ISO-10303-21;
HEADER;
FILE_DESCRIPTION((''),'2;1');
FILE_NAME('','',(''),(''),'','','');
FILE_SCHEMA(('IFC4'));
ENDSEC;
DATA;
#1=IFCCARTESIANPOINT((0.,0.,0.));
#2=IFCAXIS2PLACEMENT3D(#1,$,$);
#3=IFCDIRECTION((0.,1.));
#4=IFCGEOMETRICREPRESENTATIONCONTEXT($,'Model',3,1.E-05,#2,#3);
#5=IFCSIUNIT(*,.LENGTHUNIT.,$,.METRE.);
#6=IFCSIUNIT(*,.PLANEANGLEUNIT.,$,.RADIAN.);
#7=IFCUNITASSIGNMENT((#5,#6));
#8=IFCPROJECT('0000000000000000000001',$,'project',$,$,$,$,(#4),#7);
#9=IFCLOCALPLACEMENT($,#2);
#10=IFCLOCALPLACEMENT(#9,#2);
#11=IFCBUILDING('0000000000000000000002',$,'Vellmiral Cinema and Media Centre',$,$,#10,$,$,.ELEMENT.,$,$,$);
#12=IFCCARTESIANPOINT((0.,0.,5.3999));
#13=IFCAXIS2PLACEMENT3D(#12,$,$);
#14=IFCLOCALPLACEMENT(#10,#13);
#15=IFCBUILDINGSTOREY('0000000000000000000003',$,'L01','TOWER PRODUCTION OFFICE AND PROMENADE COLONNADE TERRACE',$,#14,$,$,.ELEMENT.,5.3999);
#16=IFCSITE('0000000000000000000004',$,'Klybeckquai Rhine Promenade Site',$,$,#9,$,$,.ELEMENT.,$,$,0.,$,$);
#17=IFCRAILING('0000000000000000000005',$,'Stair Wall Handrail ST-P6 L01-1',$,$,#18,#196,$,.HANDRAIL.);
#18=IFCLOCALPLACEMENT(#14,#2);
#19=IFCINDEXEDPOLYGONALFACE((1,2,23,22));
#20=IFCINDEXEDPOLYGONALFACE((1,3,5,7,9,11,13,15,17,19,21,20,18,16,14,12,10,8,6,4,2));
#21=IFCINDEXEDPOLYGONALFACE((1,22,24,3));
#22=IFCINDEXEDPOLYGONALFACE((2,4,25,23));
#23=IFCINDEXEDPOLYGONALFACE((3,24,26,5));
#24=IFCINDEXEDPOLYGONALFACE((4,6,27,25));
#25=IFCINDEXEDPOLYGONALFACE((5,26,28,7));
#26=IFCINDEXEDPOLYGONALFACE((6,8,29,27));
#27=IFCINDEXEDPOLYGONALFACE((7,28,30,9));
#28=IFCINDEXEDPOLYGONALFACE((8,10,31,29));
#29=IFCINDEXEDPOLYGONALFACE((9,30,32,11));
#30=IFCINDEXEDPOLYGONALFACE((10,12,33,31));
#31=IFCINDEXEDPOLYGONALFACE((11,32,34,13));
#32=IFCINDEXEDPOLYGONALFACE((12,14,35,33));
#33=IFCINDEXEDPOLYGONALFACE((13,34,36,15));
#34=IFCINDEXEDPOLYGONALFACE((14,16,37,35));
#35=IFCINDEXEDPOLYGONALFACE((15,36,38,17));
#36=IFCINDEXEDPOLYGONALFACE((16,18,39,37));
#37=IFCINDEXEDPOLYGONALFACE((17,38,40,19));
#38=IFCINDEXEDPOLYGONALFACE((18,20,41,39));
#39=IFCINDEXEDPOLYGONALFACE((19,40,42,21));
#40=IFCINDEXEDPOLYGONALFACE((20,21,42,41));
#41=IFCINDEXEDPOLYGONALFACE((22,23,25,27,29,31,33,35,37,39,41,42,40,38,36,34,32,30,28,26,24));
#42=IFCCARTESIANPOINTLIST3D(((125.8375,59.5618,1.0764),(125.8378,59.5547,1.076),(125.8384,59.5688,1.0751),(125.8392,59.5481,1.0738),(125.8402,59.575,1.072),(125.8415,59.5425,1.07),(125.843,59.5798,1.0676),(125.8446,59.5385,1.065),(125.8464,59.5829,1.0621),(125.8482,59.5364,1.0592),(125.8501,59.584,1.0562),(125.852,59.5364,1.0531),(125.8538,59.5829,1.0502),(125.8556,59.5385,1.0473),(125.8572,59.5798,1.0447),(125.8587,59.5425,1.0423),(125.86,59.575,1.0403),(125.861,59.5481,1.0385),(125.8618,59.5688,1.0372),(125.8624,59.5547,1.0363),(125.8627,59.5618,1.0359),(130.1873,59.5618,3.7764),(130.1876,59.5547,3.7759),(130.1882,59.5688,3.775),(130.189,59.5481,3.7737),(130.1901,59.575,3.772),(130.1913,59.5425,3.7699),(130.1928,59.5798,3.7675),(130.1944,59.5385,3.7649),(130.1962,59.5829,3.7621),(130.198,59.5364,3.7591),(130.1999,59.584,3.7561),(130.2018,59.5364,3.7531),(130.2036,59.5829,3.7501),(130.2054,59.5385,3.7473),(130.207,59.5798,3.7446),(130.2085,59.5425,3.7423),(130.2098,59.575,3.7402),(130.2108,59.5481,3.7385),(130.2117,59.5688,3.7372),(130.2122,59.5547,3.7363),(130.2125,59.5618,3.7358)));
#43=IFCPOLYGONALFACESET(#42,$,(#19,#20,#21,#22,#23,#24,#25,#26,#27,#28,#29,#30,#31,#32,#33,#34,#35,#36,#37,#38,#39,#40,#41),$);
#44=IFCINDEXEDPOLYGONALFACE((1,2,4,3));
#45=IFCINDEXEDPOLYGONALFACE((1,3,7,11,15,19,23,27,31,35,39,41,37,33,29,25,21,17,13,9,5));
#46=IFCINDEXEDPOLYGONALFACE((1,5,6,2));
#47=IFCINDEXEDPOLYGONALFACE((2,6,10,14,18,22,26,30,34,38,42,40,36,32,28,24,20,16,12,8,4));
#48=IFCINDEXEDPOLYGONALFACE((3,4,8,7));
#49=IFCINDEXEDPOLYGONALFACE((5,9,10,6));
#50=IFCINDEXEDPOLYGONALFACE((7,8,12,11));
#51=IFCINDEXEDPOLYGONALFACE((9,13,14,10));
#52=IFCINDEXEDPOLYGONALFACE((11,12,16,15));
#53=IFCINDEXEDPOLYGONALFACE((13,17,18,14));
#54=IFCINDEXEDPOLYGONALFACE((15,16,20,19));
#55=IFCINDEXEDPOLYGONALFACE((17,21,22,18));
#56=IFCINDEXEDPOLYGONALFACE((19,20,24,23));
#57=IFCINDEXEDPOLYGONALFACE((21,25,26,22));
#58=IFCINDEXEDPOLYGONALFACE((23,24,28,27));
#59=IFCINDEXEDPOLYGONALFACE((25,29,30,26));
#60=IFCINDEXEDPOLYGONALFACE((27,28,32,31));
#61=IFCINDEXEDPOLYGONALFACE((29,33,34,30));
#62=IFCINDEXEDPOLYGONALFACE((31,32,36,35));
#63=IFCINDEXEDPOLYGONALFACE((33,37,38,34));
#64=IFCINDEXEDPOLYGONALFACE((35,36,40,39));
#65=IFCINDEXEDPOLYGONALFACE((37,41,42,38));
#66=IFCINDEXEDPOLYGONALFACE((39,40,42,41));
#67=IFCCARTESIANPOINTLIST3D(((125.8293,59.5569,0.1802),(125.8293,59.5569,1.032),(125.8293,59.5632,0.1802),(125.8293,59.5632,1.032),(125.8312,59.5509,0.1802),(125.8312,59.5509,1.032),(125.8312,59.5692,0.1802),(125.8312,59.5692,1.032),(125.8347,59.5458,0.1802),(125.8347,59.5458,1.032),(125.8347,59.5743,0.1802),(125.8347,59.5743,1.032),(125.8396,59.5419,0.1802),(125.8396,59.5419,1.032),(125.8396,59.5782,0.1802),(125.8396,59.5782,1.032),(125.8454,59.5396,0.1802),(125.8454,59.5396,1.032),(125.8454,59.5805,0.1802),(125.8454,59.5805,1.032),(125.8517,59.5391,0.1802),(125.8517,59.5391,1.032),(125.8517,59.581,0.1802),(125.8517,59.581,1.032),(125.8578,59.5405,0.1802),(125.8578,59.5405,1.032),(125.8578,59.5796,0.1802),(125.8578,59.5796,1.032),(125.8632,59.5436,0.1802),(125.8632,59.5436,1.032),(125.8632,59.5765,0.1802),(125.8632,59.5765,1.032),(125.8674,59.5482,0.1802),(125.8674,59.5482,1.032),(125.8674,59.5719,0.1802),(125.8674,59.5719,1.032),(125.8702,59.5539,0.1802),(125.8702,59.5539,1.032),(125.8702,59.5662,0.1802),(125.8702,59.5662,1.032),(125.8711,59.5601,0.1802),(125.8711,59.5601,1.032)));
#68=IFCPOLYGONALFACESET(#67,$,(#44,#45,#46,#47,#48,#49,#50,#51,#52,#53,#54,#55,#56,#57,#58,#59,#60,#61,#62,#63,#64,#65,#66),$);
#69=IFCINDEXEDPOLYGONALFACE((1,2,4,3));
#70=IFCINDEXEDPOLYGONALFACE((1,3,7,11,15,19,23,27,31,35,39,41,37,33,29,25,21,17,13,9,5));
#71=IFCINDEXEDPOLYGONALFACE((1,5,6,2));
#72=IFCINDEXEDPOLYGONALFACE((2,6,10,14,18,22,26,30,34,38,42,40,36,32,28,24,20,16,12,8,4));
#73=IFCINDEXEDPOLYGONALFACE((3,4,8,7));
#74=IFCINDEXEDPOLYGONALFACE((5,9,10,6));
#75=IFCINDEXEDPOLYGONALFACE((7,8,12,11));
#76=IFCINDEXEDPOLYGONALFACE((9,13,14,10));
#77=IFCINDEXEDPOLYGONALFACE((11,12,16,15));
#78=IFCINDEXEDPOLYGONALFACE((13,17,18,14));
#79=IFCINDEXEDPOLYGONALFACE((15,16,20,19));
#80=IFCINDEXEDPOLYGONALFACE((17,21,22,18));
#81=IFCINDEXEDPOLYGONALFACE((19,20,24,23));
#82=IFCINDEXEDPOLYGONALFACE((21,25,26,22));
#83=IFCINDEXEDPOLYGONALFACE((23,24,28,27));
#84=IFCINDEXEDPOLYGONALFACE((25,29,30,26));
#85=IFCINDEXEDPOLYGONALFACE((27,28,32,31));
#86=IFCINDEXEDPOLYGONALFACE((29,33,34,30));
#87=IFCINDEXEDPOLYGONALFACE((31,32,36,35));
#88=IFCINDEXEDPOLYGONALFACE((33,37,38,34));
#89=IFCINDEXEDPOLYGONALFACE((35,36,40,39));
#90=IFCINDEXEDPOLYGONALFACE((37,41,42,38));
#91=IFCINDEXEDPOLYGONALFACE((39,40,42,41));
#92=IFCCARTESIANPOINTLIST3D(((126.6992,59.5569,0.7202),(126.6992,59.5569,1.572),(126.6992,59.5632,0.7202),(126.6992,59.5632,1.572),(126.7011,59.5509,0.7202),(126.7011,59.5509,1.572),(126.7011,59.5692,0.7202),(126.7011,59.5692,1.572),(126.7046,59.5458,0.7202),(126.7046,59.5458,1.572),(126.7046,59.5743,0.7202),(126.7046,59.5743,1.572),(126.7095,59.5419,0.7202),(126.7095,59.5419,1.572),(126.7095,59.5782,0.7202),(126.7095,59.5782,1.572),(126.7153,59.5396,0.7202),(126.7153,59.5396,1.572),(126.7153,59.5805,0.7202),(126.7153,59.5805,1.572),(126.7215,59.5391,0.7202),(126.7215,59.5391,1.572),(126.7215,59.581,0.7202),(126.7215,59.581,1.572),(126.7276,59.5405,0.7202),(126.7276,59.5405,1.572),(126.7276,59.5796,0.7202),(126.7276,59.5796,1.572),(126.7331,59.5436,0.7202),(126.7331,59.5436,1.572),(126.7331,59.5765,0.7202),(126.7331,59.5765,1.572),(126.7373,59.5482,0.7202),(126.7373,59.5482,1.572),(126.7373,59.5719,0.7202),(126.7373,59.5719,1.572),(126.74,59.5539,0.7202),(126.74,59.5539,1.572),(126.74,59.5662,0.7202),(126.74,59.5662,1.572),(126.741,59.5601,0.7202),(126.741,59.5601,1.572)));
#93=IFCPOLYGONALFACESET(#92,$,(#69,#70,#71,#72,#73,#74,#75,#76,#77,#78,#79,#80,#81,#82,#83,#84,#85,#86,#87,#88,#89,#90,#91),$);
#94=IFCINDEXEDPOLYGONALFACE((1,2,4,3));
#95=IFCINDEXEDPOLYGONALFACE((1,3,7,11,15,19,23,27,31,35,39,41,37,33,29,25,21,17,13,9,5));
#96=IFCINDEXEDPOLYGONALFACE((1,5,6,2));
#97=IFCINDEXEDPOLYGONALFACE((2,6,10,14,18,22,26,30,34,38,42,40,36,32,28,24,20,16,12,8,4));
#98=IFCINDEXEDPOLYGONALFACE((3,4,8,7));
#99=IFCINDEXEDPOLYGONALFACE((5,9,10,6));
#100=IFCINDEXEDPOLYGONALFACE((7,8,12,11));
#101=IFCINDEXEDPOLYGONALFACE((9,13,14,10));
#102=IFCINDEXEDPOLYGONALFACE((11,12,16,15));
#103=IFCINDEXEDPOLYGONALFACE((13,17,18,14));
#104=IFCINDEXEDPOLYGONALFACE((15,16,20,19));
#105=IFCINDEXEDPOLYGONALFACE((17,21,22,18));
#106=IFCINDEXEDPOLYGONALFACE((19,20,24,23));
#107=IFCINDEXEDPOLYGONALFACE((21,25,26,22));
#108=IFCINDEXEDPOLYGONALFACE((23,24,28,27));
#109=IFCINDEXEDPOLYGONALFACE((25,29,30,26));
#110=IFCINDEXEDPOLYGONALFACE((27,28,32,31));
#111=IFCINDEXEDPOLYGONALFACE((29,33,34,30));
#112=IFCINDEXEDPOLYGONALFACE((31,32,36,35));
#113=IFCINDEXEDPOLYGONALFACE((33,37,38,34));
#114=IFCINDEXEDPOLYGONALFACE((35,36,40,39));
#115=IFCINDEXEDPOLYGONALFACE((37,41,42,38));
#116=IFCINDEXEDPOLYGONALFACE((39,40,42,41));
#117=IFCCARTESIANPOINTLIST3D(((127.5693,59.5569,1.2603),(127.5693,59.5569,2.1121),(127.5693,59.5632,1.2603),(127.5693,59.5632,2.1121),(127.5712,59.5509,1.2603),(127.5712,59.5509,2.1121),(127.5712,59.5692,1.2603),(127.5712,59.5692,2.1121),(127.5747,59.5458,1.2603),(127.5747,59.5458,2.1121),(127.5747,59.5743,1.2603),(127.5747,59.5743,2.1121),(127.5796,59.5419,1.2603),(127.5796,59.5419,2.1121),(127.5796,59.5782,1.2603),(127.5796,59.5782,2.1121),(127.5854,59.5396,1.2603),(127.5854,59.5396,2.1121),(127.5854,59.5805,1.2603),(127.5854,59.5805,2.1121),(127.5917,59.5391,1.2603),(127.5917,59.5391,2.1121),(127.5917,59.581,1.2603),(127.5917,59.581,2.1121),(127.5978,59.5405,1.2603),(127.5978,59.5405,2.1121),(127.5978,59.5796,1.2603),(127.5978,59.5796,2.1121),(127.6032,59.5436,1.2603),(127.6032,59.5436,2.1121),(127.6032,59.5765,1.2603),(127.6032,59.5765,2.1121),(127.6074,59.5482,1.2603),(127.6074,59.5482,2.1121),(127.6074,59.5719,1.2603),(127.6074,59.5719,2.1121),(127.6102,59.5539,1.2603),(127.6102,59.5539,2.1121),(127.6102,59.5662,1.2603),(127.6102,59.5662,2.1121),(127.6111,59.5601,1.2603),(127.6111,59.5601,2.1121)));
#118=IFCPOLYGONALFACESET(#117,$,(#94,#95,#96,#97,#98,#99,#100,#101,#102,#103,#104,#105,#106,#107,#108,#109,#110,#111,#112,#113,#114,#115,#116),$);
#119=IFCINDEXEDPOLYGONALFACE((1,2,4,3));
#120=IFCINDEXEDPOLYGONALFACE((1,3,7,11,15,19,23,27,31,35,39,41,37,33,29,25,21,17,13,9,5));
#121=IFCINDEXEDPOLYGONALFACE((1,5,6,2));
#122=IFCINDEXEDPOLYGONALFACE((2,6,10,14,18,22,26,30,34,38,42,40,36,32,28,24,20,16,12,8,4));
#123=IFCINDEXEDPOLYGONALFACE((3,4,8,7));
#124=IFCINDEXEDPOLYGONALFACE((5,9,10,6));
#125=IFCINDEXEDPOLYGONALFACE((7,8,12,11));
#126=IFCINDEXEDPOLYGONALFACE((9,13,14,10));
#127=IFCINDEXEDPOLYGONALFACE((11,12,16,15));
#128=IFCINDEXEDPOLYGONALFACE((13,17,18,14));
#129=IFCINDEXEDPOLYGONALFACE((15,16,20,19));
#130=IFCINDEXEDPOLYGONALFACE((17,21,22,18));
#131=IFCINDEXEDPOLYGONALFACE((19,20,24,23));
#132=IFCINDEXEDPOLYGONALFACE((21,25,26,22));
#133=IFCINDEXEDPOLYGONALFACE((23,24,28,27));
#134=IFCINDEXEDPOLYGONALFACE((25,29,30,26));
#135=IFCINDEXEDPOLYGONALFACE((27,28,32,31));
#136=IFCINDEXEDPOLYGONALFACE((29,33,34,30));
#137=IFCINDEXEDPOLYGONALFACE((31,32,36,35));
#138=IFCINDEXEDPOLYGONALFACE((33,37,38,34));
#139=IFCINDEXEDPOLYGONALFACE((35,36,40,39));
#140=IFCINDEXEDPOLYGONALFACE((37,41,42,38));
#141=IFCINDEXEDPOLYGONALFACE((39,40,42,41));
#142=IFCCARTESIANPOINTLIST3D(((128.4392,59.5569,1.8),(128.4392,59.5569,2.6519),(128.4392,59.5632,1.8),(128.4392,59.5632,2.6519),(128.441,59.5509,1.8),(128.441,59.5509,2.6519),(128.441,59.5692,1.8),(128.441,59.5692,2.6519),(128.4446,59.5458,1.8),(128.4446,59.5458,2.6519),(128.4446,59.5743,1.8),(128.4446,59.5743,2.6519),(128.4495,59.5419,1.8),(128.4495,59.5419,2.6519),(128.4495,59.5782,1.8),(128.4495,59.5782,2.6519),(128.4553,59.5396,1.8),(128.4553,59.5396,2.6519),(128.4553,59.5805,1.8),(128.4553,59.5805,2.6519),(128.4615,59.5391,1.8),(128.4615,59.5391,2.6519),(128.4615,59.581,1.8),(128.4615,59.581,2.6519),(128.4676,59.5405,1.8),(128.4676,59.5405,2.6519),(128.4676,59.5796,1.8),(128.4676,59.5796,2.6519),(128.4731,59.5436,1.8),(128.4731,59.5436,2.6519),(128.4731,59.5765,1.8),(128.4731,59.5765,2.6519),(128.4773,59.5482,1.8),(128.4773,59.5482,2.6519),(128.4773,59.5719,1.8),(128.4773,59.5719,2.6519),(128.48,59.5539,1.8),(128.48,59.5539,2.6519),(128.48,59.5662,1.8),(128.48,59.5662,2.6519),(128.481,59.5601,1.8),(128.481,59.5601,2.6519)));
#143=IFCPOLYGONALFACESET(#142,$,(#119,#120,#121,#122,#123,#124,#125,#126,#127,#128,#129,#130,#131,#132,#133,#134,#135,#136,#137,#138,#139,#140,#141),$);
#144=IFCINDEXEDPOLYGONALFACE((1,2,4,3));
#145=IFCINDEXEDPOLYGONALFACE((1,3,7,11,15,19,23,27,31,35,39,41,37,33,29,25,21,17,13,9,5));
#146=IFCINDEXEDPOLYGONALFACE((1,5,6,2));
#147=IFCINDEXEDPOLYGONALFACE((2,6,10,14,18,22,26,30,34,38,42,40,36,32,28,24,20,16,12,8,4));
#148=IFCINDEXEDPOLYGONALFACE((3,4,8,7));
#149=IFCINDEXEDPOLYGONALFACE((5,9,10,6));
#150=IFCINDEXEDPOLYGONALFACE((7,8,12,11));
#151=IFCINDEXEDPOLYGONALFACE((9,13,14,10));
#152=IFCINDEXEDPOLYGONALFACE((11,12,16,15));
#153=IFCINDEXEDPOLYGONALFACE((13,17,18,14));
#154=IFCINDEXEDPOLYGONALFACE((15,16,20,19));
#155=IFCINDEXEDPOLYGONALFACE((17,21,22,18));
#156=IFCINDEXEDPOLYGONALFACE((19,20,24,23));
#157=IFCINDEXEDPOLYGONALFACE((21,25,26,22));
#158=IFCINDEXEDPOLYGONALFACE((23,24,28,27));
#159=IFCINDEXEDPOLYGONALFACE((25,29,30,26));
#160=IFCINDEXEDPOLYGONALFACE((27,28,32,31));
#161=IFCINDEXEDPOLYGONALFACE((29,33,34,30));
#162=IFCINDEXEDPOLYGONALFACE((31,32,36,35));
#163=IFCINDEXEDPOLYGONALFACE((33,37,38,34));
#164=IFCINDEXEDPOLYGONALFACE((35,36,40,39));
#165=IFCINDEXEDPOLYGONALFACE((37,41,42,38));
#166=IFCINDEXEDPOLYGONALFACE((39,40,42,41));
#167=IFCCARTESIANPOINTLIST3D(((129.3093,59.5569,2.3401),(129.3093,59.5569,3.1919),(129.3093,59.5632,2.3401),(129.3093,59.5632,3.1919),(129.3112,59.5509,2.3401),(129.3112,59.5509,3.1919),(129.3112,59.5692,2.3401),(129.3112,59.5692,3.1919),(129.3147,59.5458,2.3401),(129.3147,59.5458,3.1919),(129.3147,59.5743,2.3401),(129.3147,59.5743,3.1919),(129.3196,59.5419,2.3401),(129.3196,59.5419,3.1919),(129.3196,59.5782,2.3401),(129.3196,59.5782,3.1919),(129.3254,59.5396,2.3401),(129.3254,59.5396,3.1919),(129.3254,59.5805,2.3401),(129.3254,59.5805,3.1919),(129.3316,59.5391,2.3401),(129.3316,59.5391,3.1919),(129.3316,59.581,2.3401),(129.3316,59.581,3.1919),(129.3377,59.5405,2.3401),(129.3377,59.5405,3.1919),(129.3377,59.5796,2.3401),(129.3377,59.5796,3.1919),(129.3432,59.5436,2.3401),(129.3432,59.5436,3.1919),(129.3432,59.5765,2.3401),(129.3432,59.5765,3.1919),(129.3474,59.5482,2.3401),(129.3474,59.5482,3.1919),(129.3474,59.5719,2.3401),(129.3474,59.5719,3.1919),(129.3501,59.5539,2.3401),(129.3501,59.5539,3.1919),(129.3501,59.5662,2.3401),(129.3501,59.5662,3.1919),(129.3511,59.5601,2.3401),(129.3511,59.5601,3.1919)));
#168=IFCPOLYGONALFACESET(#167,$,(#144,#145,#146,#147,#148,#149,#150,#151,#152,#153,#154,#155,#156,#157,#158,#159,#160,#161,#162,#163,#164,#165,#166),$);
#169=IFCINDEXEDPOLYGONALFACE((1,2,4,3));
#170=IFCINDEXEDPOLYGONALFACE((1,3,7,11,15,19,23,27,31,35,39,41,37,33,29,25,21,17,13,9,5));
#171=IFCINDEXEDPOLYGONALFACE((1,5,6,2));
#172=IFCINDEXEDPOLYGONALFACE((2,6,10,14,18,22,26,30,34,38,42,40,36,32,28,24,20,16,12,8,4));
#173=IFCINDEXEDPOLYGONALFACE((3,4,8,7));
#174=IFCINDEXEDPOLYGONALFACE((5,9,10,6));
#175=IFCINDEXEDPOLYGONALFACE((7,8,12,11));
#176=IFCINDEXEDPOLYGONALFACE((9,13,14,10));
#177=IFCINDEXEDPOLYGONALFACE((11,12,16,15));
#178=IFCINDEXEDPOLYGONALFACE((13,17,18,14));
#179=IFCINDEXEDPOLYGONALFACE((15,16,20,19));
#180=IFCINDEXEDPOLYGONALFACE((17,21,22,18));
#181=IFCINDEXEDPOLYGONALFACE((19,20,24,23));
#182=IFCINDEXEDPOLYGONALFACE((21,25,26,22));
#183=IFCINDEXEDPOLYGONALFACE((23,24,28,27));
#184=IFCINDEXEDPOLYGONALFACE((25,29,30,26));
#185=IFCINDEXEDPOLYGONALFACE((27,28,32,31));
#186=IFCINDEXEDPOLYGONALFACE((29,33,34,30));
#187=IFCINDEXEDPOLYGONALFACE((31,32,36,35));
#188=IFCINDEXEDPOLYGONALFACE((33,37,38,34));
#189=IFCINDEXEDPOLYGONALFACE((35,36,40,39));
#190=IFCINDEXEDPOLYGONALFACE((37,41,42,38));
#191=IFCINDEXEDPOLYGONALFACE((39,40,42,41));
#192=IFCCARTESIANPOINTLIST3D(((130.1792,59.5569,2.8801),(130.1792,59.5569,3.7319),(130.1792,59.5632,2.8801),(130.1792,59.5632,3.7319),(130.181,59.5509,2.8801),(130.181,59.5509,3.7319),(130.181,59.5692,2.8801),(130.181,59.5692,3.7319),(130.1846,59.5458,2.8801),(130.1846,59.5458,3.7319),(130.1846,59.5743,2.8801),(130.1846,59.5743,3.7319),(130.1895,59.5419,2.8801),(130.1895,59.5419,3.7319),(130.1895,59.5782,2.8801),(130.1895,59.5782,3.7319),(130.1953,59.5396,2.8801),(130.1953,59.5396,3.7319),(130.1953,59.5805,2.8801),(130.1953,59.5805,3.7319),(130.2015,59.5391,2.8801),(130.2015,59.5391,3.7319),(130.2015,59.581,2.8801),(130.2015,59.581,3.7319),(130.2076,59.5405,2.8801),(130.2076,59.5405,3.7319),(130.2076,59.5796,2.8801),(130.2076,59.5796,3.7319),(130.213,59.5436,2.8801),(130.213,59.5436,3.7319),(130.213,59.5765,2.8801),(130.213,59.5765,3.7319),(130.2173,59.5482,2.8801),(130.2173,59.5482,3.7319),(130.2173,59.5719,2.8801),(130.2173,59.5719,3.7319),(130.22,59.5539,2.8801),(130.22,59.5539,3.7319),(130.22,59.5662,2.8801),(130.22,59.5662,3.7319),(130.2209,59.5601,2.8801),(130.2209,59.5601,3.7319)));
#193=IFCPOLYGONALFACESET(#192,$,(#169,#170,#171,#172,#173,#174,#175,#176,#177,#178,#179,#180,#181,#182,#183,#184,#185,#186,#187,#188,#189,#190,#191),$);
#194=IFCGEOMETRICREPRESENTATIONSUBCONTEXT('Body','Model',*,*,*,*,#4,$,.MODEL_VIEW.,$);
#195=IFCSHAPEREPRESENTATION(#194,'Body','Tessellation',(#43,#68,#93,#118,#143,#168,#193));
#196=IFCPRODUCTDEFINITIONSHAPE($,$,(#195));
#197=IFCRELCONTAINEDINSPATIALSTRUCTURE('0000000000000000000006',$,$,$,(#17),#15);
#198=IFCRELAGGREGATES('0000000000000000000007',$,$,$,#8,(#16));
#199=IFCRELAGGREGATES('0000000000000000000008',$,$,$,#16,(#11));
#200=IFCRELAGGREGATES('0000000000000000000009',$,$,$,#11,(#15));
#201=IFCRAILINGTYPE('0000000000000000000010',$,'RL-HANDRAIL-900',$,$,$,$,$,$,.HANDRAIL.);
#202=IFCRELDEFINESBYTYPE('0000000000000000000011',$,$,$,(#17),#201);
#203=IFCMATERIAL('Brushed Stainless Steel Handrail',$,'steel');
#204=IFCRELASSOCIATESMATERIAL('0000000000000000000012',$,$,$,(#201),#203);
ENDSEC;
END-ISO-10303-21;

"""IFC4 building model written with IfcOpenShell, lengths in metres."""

from ifc_helpers import new_model, si_unit, direction, frame, origin, origin_2d, place, context, subcontext, project, spatial, circle, extrude, material, type_object, element, save


model = new_model("IFC4")

# Units and contexts
model_context = context("Model", 3, precision=1e-05, world=origin(), true_north=direction((0.0, 1.0)))
body_context = subcontext(model_context, "Body", "Model", "MODEL_VIEW")
ifc_project = project(units=[si_unit("LENGTHUNIT", "METRE"), si_unit("PLANEANGLEUNIT", "RADIAN")], contexts=[model_context])

# Site, building, storey
site_placement = place(None, origin())
site = spatial("IfcSite", under=ifc_project, at=site_placement, Name="Klybeckquai Rhine Promenade Site", CompositionType="ELEMENT", RefElevation=0.0)
building_placement = place(site_placement, origin())
building = spatial("IfcBuilding", under=site, at=building_placement, Name="Vellmiral Cinema and Media Centre", CompositionType="ELEMENT")
storey_placement = place(building_placement, frame((0.0, 0.0, 5.3999)))
storey = spatial("IfcBuildingStorey", under=building, at=storey_placement, Name="L01", Description="TOWER PRODUCTION OFFICE AND PROMENADE COLONNADE TERRACE", CompositionType="ELEMENT", Elevation=5.3999)

# Railing
ifc_material_1 = material(Name="Brushed Stainless Steel Handrail", Category="steel")
railing_type_1 = type_object("IfcRailingType", Name="RL-HANDRAIL-900", PredefinedType="HANDRAIL", material=ifc_material_1)
railing_1_placement = place(storey_placement, frame((125.8501, 59.5601, 0.1802)))
element("IfcRailing", 1, at=railing_1_placement, inside=storey, type_object=railing_type_1, Name="Stair Wall Handrail ST-P6 L01-1", PredefinedType="HANDRAIL", context=body_context, shape_type="SweptSolid", body=[
    extrude(circle(Radius=0.0239, at=origin_2d()), frame((0.0, 0.0, 0.876), z_axis=(0.849636, 0.0, 0.527369), x_axis=(0.0, 1.0, 0.0)), (0.0, 0.0, 1.0), 5.1196),
    extrude(circle(Radius=0.021, at=origin_2d()), origin(), (0.0, 0.0, 1.0), 0.8518),
    extrude(circle(Radius=0.021, at=origin_2d()), frame((0.8699, 0.0, 0.54)), (0.0, 0.0, 1.0), 0.8518),
    extrude(circle(Radius=0.021, at=origin_2d()), frame((1.74, 0.0, 1.0801)), (0.0, 0.0, 1.0), 0.8518),
    extrude(circle(Radius=0.021, at=origin_2d()), frame((2.6099, 0.0, 1.6199)), (0.0, 0.0, 1.0), 0.8518),
    extrude(circle(Radius=0.021, at=origin_2d()), frame((3.48, 0.0, 2.1599)), (0.0, 0.0, 1.0), 0.8518),
    extrude(circle(Radius=0.021, at=origin_2d()), frame((4.3499, 0.0, 2.7)), (0.0, 0.0, 1.0), 0.8518),
])

save(model, "model.ifc")
